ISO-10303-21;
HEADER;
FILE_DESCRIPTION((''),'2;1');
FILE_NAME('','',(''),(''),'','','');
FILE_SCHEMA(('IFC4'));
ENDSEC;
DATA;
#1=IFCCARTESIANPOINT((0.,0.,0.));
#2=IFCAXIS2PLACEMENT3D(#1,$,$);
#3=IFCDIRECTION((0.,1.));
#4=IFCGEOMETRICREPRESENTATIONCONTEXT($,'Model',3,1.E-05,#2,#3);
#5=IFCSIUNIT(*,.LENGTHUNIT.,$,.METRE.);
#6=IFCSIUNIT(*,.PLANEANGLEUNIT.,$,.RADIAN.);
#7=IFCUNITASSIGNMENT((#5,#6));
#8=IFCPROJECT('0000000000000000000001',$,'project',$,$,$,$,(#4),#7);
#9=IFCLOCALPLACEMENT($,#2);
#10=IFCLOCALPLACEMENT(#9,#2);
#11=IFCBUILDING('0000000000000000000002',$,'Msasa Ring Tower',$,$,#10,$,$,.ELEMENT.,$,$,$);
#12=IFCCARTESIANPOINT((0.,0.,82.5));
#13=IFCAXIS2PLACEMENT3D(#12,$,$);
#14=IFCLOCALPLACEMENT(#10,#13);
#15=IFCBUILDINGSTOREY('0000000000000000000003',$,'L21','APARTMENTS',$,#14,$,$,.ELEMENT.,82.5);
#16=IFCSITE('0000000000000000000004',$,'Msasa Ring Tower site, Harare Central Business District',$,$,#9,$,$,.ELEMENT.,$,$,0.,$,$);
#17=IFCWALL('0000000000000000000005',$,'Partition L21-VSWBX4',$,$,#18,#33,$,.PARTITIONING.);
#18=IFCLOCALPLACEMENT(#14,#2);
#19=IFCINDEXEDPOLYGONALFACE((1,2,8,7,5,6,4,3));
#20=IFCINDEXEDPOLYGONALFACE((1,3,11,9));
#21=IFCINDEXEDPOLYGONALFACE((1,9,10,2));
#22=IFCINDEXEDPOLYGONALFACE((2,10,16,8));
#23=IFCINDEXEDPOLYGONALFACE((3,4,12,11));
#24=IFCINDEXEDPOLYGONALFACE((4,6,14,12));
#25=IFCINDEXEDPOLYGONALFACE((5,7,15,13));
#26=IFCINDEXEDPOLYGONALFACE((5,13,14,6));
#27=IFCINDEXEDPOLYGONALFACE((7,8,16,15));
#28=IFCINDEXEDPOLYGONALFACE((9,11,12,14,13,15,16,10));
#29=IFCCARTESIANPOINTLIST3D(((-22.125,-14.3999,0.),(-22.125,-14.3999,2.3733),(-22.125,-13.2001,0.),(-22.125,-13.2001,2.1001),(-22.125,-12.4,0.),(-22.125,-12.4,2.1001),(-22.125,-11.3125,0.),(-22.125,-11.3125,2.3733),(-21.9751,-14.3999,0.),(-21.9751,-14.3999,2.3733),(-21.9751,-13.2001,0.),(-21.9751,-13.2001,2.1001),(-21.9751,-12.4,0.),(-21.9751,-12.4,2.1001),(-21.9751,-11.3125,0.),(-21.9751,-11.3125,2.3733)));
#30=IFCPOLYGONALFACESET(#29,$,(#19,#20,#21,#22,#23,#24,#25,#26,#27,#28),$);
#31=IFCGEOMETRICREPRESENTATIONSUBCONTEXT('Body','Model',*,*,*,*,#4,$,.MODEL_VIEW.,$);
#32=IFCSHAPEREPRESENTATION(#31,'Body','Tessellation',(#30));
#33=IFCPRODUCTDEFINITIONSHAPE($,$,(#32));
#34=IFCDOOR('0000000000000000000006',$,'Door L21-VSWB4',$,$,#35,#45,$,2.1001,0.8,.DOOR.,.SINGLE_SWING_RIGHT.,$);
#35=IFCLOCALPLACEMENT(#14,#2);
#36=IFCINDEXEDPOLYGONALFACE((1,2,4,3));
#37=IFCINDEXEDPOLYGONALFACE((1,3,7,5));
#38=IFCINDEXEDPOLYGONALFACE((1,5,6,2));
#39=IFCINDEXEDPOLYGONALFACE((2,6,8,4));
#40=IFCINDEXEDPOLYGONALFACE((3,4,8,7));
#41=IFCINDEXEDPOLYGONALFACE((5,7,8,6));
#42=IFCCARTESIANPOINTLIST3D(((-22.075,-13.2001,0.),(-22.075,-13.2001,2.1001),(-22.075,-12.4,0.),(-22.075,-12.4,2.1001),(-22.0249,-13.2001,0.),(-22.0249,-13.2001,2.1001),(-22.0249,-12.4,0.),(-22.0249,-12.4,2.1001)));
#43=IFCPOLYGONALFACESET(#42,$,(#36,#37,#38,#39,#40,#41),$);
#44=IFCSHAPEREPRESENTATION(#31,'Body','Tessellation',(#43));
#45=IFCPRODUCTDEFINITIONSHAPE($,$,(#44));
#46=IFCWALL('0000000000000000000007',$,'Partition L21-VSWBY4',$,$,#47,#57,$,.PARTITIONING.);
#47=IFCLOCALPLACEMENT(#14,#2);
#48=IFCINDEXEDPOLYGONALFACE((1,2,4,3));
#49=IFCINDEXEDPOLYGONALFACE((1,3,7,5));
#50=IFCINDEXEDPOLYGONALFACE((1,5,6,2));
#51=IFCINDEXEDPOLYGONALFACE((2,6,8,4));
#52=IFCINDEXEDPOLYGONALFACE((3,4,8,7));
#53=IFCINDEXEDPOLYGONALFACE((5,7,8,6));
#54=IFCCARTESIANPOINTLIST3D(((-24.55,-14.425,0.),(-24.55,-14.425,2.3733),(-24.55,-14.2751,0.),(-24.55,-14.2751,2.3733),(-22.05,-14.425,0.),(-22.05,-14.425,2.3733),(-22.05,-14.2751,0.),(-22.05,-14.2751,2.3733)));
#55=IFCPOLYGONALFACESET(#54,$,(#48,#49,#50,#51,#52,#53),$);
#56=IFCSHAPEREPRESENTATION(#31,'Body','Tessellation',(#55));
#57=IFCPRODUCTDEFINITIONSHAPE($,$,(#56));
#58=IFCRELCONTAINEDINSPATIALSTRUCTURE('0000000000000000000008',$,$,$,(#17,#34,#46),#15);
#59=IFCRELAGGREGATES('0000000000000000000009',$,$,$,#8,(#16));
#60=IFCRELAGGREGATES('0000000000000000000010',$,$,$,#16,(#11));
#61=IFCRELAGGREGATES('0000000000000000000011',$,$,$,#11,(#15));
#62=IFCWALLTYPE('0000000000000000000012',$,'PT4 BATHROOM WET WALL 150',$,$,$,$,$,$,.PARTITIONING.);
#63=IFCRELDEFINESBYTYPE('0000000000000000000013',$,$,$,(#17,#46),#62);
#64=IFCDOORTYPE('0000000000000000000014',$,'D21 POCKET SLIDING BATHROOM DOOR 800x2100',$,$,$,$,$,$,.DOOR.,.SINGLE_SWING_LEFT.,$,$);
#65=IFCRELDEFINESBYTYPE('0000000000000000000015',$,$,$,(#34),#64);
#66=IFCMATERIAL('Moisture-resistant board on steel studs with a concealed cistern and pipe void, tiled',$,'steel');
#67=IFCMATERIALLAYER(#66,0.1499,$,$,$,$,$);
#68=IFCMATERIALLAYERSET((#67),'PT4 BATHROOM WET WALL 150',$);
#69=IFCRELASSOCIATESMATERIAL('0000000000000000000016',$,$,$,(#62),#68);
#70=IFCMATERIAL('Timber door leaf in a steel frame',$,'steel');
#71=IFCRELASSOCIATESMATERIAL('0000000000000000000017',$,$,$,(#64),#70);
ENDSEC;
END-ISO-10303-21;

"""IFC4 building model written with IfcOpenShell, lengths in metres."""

from ifc_helpers import new_model, si_unit, direction, frame, frame_2d, origin, place, context, subcontext, project, spatial, rectangle, extrude, material, layer, layer_set, type_object, element, fill, save


model = new_model("IFC4")

# Units and contexts
model_context = context("Model", 3, precision=1e-05, world=origin(), true_north=direction((0.0, 1.0)))
body_context = subcontext(model_context, "Body", "Model", "MODEL_VIEW")
ifc_project = project(units=[si_unit("LENGTHUNIT", "METRE"), si_unit("PLANEANGLEUNIT", "RADIAN")], contexts=[model_context])

# Site, building, storey
site_placement = place(None, origin())
site = spatial("IfcSite", under=ifc_project, at=site_placement, Name="Msasa Ring Tower site, Harare Central Business District", CompositionType="ELEMENT", RefElevation=0.0)
building_placement = place(site_placement, origin())
building = spatial("IfcBuilding", under=site, at=building_placement, Name="Msasa Ring Tower", CompositionType="ELEMENT")
storey_placement = place(building_placement, frame((0.0, 0.0, 82.5)))
storey = spatial("IfcBuildingStorey", under=building, at=storey_placement, Name="L21", Description="APARTMENTS", CompositionType="ELEMENT", Elevation=82.5)

# Shared definitions
ifc_material_1 = material(Name="Moisture-resistant board on steel studs with a concealed cistern and pipe void, tiled", Category="steel")
ifc_layer_1 = layer(ifc_material_1, 0.1499)
ifc_layer_set_1 = layer_set([ifc_layer_1], Name="PT4 BATHROOM WET WALL 150")
wall_type_1 = type_object("IfcWallType", Name="PT4 BATHROOM WET WALL 150", PredefinedType="PARTITIONING", material=ifc_layer_set_1)
ifc_material_2 = material(Name="Timber door leaf in a steel frame", Category="steel")
door_type_1 = type_object("IfcDoorType", Name="D21 POCKET SLIDING BATHROOM DOOR 800x2100", OperationType="SINGLE_SWING_LEFT", PredefinedType="DOOR", material=ifc_material_2)

# Wall, opening, door
wall_1_placement = place(storey_placement, frame((-22.05, -14.3999, 0.0), z_axis=(0.0, 0.0, 1.0), x_axis=(0.0, 1.0, 0.0)))
wall_1 = element("IfcWall", 1, at=wall_1_placement, inside=storey, type_object=wall_type_1, Name="Partition L21-VSWBX4", PredefinedType="PARTITIONING", context=body_context, shape_type="SweptSolid", body=[
    extrude(rectangle(XDim=3.0874, YDim=0.1499, at=frame_2d((1.5437, 0.0))), origin(), (0.0, 0.0, 1.0), 2.3733),
])
opening_1_placement = place(wall_1_placement, frame((1.2, 0.0, 0.0)))
opening_1 = element("IfcOpeningElement", 2, at=opening_1_placement, cuts=wall_1, PredefinedType="OPENING", context=body_context, shape_type="SweptSolid", body=[
    extrude(rectangle(XDim=0.8, YDim=2.1001, at=frame_2d((0.3999, 1.05))), frame((0.0, 0.085, 0.0), z_axis=(0.0, -1.0, 0.0), x_axis=(1.0, 0.0, 0.0)), (0.0, 0.0, 1.0), 0.1699),
])
door_1_placement = place(opening_1_placement, origin())
door_1 = element("IfcDoor", 3, at=door_1_placement, inside=storey, type_object=door_type_1, Name="Door L21-VSWB4", OperationType="SINGLE_SWING_RIGHT", OverallHeight=2.1001, OverallWidth=0.8, PredefinedType="DOOR", context=body_context, shape_type="SweptSolid", body=[
    extrude(rectangle(XDim=0.8, YDim=2.1001, at=frame_2d((0.3999, 1.05))), frame((0.0, 0.0249, 0.0), z_axis=(0.0, -1.0, 0.0), x_axis=(1.0, 0.0, 0.0)), (0.0, 0.0, 1.0), 0.05),
])
fill(opening_1, door_1)

# Wall
wall_2_placement = place(storey_placement, frame((-24.55, -14.3501, 0.0), z_axis=(0.0, 0.0, 1.0), x_axis=(1.0, 0.0, 0.0)))
element("IfcWall", 4, at=wall_2_placement, inside=storey, type_object=wall_type_1, Name="Partition L21-VSWBY4", PredefinedType="PARTITIONING", context=body_context, shape_type="SweptSolid", body=[
    extrude(rectangle(XDim=2.5, YDim=0.1499, at=frame_2d((1.25, 0.0))), origin(), (0.0, 0.0, 1.0), 2.3733),
])

save(model, "model.ifc")
